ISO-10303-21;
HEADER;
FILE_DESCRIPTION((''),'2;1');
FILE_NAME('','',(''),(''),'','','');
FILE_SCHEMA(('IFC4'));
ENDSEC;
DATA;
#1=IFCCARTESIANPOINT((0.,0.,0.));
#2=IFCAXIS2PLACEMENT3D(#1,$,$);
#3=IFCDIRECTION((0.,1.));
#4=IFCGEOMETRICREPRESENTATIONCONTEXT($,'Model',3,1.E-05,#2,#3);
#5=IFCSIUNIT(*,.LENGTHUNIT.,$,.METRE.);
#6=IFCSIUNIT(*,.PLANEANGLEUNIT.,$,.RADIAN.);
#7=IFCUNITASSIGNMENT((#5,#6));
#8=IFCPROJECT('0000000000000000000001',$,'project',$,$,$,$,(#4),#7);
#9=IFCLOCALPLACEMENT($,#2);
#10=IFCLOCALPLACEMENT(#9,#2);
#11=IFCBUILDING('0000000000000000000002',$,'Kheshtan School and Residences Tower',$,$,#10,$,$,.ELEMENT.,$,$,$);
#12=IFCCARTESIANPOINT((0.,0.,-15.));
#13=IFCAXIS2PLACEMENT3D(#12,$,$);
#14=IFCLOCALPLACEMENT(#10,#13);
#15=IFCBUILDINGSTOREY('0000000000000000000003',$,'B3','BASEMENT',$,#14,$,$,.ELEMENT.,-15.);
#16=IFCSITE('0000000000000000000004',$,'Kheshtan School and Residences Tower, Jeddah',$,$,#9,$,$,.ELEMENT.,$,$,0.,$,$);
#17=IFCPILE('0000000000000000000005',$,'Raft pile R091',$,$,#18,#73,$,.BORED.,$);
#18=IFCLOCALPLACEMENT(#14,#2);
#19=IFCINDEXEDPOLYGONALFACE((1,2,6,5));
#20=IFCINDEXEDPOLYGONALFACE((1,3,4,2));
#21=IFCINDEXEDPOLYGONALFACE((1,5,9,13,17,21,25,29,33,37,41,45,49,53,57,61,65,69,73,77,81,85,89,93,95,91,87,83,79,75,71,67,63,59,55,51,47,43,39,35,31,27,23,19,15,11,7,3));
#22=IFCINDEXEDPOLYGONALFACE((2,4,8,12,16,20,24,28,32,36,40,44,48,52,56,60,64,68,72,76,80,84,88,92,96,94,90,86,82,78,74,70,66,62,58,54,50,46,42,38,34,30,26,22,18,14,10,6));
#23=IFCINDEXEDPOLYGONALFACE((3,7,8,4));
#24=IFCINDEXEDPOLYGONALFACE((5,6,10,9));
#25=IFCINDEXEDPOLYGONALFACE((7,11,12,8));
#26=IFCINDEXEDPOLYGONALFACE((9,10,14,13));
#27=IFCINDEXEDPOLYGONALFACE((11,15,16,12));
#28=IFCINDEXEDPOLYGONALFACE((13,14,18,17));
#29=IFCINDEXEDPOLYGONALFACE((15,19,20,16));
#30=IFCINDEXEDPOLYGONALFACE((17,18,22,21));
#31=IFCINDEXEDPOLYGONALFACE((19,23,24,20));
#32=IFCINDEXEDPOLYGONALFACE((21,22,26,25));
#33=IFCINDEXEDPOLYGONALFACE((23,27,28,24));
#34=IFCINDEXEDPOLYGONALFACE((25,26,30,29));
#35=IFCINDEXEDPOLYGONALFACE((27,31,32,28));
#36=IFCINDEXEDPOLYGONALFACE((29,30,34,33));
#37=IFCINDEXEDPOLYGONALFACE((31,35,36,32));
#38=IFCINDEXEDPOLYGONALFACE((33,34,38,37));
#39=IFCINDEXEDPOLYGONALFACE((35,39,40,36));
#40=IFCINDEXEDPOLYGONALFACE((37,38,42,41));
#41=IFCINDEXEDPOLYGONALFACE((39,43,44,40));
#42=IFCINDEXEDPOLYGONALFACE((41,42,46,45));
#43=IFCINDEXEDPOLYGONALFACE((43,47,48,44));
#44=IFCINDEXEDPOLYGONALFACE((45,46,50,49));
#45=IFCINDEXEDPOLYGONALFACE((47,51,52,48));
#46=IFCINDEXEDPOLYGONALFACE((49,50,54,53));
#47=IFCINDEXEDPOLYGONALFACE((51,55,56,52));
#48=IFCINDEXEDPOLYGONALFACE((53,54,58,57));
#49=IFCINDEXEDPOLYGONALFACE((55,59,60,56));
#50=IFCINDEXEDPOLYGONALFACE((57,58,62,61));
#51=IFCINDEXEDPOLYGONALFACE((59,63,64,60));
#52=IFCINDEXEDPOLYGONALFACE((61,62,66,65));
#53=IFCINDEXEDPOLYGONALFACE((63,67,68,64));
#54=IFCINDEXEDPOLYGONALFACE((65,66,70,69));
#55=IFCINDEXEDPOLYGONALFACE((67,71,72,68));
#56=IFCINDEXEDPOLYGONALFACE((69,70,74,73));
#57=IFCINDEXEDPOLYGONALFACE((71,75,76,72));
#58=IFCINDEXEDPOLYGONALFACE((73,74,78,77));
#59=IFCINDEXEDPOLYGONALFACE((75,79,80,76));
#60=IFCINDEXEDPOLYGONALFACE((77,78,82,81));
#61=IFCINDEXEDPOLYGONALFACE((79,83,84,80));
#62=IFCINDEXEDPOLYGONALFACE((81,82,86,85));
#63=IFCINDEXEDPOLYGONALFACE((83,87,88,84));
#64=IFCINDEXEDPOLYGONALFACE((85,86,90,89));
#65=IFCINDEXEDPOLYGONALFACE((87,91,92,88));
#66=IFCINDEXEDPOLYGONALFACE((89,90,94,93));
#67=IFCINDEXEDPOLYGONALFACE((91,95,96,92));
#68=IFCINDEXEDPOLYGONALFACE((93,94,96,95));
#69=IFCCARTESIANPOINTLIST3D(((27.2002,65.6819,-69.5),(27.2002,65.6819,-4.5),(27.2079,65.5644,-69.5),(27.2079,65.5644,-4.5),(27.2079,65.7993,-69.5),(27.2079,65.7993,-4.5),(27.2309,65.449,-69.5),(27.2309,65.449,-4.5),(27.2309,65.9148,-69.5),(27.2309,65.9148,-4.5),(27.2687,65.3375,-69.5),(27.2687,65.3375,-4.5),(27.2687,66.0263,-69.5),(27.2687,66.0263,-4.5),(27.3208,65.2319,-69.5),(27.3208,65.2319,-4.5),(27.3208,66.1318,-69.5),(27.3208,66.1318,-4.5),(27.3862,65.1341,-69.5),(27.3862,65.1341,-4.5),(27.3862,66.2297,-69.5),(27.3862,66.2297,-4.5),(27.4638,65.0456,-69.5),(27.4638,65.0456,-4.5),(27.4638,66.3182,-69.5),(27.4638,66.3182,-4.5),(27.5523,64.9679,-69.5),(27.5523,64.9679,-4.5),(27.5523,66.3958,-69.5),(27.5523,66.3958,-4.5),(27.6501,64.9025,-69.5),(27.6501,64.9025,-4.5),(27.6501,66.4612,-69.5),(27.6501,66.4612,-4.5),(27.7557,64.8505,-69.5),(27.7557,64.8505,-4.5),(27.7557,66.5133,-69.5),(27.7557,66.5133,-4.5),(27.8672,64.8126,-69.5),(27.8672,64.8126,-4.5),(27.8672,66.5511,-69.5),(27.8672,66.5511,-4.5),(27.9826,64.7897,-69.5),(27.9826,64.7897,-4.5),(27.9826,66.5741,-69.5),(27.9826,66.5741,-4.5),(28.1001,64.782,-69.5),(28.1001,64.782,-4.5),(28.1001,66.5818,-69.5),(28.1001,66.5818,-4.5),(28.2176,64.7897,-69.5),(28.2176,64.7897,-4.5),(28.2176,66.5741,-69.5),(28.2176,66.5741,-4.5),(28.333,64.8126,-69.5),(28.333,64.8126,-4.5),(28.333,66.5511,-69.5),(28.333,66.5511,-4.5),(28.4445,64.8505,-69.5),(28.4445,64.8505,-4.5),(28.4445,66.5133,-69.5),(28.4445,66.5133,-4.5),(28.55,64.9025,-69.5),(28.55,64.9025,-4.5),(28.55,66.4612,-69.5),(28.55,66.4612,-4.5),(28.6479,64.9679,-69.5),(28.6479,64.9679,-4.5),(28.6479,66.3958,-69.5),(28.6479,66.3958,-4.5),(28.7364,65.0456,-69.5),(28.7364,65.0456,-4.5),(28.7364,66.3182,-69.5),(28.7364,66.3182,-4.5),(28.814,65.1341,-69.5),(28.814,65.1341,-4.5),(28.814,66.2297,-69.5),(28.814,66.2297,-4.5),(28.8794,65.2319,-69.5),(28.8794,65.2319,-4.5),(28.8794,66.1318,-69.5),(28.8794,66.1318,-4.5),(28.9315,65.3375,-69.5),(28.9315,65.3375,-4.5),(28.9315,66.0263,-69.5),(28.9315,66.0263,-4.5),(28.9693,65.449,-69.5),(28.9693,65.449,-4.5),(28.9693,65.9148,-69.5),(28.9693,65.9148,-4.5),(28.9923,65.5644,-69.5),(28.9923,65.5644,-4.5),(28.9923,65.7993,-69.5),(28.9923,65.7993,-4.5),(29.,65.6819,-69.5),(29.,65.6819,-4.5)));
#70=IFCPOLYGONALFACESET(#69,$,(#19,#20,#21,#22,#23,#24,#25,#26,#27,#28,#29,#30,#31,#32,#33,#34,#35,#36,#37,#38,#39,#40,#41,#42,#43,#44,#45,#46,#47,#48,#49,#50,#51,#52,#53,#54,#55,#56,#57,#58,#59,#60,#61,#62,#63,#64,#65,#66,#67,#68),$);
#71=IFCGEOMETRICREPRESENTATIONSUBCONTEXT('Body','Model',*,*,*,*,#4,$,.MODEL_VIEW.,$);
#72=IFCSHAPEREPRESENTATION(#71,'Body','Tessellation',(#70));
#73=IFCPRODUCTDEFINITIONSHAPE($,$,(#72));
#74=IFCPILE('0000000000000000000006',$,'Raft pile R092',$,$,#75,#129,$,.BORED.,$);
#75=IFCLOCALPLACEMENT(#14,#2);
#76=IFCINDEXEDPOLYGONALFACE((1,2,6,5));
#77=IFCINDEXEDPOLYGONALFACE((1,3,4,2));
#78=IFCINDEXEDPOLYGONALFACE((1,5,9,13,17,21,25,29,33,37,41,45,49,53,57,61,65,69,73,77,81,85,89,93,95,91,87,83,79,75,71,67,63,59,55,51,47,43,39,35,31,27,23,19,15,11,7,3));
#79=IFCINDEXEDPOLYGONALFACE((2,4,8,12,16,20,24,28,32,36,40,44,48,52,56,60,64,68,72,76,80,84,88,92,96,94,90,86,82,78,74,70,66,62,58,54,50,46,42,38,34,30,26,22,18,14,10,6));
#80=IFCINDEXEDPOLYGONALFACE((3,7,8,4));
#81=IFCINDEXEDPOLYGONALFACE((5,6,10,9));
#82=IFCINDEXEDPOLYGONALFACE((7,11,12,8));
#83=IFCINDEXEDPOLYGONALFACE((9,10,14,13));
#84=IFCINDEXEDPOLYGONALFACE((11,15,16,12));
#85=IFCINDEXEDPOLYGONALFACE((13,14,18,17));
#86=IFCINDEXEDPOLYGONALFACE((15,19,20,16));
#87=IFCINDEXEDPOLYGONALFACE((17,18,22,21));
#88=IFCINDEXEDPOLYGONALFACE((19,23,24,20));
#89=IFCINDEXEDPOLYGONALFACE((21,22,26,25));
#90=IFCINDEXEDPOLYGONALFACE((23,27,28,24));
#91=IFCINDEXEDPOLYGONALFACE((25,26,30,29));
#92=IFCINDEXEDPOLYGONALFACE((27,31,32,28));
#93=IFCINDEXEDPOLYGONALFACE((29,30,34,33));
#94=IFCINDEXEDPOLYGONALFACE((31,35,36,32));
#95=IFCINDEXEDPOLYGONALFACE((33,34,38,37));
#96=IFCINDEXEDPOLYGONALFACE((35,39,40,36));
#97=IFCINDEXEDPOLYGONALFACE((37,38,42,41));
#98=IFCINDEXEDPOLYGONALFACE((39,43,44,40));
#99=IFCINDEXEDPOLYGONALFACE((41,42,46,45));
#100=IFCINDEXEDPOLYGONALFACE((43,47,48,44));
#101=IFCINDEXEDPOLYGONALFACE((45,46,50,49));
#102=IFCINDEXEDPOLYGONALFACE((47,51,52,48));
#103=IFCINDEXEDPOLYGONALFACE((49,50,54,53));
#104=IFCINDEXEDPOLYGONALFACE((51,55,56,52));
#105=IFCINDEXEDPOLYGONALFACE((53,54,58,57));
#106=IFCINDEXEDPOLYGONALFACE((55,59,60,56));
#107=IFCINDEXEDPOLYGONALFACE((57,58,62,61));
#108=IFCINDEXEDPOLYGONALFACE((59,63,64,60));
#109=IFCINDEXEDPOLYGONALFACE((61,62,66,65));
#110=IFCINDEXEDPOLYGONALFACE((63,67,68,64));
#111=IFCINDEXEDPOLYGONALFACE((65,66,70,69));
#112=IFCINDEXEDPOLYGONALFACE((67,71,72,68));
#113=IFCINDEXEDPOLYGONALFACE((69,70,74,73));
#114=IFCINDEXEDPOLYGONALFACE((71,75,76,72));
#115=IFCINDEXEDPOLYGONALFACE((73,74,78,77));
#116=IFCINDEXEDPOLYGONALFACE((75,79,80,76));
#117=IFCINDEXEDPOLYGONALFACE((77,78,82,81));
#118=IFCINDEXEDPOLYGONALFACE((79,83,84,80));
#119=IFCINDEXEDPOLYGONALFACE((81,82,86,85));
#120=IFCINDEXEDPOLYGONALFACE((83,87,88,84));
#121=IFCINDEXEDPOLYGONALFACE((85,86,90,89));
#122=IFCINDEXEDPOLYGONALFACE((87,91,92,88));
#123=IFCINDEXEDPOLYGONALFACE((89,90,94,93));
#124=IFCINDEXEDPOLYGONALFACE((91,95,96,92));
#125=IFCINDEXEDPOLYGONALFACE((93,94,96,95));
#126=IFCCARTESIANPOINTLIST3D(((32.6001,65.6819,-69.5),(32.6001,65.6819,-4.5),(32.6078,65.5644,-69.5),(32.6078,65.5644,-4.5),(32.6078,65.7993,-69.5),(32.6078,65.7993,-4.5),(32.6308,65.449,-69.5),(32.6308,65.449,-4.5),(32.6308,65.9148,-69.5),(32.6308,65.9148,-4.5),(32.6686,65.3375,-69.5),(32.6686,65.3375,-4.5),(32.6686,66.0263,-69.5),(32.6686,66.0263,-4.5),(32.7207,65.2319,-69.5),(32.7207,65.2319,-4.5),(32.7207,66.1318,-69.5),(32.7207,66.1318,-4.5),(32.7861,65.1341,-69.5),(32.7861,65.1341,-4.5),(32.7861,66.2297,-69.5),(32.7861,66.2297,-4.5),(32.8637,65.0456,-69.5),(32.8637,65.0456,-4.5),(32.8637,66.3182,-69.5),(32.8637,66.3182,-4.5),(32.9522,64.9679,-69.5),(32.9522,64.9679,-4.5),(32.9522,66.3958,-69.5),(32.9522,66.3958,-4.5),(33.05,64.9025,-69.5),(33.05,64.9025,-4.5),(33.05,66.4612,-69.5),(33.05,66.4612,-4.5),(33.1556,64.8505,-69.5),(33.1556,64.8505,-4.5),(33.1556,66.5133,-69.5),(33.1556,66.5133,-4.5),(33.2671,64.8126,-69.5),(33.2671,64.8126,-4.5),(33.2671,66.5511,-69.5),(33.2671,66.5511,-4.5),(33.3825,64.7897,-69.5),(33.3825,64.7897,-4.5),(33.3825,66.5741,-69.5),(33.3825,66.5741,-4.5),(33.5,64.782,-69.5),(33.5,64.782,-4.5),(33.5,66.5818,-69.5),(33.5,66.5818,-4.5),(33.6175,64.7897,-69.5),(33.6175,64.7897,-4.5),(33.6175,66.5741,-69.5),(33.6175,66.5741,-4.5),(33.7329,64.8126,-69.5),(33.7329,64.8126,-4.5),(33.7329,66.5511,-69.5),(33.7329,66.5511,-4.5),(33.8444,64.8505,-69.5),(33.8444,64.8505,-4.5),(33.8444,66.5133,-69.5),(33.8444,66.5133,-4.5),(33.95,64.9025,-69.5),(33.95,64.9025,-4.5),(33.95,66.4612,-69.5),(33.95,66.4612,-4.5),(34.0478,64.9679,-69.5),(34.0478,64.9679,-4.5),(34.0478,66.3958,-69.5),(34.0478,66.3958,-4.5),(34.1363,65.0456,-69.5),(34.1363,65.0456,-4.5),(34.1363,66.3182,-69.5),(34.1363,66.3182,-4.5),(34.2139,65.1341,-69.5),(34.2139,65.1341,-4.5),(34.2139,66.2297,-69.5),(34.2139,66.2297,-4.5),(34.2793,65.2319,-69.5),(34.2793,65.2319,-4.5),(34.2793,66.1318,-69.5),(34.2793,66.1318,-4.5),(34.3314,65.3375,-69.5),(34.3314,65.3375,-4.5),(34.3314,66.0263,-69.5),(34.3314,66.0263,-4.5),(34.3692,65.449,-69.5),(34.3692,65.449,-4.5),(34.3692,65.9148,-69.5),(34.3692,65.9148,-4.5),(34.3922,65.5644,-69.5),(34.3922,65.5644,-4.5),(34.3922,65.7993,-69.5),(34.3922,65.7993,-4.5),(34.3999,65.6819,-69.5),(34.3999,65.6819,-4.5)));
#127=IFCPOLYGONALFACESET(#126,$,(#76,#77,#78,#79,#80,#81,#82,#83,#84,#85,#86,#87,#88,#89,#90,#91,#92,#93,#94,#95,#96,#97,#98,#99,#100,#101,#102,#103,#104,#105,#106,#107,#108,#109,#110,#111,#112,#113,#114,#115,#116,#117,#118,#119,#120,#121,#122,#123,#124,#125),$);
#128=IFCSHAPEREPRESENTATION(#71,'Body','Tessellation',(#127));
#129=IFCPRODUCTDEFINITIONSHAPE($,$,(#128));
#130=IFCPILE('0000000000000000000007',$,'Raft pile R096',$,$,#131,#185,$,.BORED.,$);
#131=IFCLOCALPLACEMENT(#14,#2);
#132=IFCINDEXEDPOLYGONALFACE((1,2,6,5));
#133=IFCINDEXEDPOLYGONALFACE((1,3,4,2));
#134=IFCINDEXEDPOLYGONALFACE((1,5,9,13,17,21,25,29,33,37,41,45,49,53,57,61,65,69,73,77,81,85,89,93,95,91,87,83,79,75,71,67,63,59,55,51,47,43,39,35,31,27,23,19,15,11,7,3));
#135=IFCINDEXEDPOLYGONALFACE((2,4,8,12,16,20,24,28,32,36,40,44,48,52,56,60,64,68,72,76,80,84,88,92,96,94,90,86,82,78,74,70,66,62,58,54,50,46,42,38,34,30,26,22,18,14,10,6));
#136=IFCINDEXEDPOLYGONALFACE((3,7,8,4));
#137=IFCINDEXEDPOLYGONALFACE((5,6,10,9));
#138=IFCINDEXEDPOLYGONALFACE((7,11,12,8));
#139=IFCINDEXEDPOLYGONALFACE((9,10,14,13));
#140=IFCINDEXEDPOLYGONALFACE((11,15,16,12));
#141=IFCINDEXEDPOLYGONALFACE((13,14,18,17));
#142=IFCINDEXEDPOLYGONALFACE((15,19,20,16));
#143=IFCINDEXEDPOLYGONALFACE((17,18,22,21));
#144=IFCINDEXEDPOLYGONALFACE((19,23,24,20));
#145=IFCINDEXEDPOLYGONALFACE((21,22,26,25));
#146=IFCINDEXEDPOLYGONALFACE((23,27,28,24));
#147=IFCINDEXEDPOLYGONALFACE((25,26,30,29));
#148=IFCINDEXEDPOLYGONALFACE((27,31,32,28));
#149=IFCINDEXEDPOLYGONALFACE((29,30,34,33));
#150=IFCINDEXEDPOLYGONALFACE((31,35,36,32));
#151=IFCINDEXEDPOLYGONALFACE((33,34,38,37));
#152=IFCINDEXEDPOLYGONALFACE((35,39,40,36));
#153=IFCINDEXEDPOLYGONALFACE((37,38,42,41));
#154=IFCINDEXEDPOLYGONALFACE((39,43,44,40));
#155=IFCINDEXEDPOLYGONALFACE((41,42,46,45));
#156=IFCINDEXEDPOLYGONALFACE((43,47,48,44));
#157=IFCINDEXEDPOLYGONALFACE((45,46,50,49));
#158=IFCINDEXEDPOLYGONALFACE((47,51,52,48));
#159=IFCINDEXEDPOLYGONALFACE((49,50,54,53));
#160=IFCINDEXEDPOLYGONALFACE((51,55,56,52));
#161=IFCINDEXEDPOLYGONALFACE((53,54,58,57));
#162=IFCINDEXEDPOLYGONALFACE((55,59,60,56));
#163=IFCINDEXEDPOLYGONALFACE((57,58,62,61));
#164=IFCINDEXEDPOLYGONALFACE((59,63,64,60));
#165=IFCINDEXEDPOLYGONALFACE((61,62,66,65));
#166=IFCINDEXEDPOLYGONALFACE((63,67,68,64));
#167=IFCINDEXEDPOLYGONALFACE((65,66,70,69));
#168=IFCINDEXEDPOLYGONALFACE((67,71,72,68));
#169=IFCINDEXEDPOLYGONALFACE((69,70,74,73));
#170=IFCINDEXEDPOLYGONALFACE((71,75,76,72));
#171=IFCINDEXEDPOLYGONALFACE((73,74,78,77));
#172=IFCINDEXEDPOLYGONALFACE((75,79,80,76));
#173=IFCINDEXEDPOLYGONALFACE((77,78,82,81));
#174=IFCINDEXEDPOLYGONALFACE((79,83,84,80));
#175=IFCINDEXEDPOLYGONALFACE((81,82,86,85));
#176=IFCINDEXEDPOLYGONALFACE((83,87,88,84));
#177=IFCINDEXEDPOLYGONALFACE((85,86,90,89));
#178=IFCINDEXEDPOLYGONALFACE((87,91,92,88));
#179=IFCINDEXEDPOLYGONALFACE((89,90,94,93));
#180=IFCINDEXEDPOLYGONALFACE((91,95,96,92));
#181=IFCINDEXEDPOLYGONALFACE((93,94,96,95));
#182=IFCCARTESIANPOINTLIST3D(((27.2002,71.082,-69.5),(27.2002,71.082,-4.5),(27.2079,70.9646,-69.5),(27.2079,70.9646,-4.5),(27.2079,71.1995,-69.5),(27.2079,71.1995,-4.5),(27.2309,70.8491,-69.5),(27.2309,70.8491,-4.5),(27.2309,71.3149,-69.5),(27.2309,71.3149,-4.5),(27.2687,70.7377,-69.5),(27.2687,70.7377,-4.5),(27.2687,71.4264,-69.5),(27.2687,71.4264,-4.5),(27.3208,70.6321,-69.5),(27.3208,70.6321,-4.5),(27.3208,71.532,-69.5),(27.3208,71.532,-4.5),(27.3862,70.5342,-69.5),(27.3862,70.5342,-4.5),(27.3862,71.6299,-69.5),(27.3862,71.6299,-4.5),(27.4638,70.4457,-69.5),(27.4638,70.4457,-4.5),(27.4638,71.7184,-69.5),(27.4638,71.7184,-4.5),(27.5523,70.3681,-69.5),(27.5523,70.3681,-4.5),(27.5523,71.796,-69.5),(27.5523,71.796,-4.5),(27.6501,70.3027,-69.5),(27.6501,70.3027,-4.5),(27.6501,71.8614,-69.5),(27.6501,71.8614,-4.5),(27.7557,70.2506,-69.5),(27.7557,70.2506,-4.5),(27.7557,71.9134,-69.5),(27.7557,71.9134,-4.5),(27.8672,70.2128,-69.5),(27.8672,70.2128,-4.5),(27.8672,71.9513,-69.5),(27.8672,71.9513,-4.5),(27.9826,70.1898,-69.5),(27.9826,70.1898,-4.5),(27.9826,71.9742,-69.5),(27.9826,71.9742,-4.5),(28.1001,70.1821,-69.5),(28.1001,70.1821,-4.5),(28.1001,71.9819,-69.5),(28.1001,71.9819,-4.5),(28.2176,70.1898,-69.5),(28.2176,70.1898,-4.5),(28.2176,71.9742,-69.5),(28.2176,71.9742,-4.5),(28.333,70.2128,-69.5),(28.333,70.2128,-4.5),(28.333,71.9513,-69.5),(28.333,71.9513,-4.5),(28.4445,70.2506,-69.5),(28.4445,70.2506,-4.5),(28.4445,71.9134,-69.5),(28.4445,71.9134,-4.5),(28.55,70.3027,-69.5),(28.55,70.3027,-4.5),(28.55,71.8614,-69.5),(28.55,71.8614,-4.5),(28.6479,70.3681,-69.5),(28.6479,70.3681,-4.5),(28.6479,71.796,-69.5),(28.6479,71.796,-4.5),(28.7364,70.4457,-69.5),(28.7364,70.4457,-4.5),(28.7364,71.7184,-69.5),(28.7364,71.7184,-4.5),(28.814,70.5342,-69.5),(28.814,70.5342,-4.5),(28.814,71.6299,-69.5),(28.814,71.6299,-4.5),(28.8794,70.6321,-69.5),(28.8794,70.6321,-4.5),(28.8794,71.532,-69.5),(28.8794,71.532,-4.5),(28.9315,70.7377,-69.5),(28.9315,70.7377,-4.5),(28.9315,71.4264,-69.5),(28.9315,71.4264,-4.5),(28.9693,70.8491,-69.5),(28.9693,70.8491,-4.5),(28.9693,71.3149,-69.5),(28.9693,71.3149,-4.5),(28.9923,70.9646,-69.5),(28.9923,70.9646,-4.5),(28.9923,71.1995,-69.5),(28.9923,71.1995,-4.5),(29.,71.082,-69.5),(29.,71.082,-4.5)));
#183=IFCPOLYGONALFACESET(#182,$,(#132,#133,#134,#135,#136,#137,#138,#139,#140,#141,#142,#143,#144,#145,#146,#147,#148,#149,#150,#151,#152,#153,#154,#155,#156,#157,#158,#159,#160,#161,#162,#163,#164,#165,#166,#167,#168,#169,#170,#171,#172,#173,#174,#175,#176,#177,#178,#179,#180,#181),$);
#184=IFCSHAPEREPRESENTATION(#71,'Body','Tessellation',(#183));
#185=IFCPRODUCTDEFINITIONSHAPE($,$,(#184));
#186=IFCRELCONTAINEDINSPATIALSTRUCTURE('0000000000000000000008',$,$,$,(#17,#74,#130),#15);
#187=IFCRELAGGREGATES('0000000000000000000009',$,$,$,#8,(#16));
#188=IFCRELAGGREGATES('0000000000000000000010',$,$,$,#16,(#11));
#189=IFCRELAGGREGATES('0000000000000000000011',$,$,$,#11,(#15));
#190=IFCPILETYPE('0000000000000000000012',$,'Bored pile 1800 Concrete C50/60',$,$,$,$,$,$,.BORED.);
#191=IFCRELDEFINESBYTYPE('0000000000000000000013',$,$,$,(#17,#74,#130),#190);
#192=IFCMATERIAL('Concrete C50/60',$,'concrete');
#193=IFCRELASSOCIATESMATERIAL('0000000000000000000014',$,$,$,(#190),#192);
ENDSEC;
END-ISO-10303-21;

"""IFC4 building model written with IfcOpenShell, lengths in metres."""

from ifc_helpers import new_model, si_unit, direction, frame, origin, origin_2d, place, context, subcontext, project, spatial, circle, extrude, material, material_profile, profile_set, type_object, element, save


model = new_model("IFC4")

# Units and contexts
model_context = context("Model", 3, precision=1e-05, world=origin(), true_north=direction((0.0, 1.0)))
body_context = subcontext(model_context, "Body", "Model", "MODEL_VIEW")
ifc_project = project(units=[si_unit("LENGTHUNIT", "METRE"), si_unit("PLANEANGLEUNIT", "RADIAN")], contexts=[model_context])

# Site, building, storey
site_placement = place(None, origin())
site = spatial("IfcSite", under=ifc_project, at=site_placement, Name="Kheshtan School and Residences Tower, Jeddah", CompositionType="ELEMENT", RefElevation=0.0)
building_placement = place(site_placement, origin())
building = spatial("IfcBuilding", under=site, at=building_placement, Name="Kheshtan School and Residences Tower", CompositionType="ELEMENT")
storey_placement = place(building_placement, frame((0.0, 0.0, -15.0)))
storey = spatial("IfcBuildingStorey", under=building, at=storey_placement, Name="B3", Description="BASEMENT", CompositionType="ELEMENT", Elevation=-15.0)

# Piles
ifc_material_1 = material(Name="Concrete C50/60", Category="concrete")
ifc_material_profile_1 = material_profile(ifc_material_1, circle(Radius=0.8999, at=origin_2d()), Name="BP 1800")
ifc_profile_set_1 = profile_set([ifc_material_profile_1], Name="Concrete C50/60")
pile_type_1 = type_object("IfcPileType", Name="Bored pile 1800 Concrete C50/60", PredefinedType="BORED", material=ifc_profile_set_1)
for number, where, z_axis, x_axis, name in (
    (1, (28.1001, 65.6819, -4.5), (0.0, 0.0, -1.0), (1.0, 0.0, 0.0), "Raft pile R091"),
    (2, (33.5, 65.6819, -4.5), (0.0, 0.0, -1.0), (1.0, 0.0, 0.0), "Raft pile R092"),
    (3, (28.1001, 71.082, -4.5), (0.0, 0.0, -1.0), (1.0, 0.0, 0.0), "Raft pile R096"),
):
    element("IfcPile", number, at=place(storey_placement, frame(where, z_axis=z_axis, x_axis=x_axis)), inside=storey, type_object=pile_type_1, Name=name, PredefinedType="BORED", context=body_context, shape_type="SweptSolid", body=[
        extrude(circle(Radius=0.8999, at=origin_2d()), origin(), (0.0, 0.0, 1.0), 65.0),
    ])

save(model, "model.ifc")
